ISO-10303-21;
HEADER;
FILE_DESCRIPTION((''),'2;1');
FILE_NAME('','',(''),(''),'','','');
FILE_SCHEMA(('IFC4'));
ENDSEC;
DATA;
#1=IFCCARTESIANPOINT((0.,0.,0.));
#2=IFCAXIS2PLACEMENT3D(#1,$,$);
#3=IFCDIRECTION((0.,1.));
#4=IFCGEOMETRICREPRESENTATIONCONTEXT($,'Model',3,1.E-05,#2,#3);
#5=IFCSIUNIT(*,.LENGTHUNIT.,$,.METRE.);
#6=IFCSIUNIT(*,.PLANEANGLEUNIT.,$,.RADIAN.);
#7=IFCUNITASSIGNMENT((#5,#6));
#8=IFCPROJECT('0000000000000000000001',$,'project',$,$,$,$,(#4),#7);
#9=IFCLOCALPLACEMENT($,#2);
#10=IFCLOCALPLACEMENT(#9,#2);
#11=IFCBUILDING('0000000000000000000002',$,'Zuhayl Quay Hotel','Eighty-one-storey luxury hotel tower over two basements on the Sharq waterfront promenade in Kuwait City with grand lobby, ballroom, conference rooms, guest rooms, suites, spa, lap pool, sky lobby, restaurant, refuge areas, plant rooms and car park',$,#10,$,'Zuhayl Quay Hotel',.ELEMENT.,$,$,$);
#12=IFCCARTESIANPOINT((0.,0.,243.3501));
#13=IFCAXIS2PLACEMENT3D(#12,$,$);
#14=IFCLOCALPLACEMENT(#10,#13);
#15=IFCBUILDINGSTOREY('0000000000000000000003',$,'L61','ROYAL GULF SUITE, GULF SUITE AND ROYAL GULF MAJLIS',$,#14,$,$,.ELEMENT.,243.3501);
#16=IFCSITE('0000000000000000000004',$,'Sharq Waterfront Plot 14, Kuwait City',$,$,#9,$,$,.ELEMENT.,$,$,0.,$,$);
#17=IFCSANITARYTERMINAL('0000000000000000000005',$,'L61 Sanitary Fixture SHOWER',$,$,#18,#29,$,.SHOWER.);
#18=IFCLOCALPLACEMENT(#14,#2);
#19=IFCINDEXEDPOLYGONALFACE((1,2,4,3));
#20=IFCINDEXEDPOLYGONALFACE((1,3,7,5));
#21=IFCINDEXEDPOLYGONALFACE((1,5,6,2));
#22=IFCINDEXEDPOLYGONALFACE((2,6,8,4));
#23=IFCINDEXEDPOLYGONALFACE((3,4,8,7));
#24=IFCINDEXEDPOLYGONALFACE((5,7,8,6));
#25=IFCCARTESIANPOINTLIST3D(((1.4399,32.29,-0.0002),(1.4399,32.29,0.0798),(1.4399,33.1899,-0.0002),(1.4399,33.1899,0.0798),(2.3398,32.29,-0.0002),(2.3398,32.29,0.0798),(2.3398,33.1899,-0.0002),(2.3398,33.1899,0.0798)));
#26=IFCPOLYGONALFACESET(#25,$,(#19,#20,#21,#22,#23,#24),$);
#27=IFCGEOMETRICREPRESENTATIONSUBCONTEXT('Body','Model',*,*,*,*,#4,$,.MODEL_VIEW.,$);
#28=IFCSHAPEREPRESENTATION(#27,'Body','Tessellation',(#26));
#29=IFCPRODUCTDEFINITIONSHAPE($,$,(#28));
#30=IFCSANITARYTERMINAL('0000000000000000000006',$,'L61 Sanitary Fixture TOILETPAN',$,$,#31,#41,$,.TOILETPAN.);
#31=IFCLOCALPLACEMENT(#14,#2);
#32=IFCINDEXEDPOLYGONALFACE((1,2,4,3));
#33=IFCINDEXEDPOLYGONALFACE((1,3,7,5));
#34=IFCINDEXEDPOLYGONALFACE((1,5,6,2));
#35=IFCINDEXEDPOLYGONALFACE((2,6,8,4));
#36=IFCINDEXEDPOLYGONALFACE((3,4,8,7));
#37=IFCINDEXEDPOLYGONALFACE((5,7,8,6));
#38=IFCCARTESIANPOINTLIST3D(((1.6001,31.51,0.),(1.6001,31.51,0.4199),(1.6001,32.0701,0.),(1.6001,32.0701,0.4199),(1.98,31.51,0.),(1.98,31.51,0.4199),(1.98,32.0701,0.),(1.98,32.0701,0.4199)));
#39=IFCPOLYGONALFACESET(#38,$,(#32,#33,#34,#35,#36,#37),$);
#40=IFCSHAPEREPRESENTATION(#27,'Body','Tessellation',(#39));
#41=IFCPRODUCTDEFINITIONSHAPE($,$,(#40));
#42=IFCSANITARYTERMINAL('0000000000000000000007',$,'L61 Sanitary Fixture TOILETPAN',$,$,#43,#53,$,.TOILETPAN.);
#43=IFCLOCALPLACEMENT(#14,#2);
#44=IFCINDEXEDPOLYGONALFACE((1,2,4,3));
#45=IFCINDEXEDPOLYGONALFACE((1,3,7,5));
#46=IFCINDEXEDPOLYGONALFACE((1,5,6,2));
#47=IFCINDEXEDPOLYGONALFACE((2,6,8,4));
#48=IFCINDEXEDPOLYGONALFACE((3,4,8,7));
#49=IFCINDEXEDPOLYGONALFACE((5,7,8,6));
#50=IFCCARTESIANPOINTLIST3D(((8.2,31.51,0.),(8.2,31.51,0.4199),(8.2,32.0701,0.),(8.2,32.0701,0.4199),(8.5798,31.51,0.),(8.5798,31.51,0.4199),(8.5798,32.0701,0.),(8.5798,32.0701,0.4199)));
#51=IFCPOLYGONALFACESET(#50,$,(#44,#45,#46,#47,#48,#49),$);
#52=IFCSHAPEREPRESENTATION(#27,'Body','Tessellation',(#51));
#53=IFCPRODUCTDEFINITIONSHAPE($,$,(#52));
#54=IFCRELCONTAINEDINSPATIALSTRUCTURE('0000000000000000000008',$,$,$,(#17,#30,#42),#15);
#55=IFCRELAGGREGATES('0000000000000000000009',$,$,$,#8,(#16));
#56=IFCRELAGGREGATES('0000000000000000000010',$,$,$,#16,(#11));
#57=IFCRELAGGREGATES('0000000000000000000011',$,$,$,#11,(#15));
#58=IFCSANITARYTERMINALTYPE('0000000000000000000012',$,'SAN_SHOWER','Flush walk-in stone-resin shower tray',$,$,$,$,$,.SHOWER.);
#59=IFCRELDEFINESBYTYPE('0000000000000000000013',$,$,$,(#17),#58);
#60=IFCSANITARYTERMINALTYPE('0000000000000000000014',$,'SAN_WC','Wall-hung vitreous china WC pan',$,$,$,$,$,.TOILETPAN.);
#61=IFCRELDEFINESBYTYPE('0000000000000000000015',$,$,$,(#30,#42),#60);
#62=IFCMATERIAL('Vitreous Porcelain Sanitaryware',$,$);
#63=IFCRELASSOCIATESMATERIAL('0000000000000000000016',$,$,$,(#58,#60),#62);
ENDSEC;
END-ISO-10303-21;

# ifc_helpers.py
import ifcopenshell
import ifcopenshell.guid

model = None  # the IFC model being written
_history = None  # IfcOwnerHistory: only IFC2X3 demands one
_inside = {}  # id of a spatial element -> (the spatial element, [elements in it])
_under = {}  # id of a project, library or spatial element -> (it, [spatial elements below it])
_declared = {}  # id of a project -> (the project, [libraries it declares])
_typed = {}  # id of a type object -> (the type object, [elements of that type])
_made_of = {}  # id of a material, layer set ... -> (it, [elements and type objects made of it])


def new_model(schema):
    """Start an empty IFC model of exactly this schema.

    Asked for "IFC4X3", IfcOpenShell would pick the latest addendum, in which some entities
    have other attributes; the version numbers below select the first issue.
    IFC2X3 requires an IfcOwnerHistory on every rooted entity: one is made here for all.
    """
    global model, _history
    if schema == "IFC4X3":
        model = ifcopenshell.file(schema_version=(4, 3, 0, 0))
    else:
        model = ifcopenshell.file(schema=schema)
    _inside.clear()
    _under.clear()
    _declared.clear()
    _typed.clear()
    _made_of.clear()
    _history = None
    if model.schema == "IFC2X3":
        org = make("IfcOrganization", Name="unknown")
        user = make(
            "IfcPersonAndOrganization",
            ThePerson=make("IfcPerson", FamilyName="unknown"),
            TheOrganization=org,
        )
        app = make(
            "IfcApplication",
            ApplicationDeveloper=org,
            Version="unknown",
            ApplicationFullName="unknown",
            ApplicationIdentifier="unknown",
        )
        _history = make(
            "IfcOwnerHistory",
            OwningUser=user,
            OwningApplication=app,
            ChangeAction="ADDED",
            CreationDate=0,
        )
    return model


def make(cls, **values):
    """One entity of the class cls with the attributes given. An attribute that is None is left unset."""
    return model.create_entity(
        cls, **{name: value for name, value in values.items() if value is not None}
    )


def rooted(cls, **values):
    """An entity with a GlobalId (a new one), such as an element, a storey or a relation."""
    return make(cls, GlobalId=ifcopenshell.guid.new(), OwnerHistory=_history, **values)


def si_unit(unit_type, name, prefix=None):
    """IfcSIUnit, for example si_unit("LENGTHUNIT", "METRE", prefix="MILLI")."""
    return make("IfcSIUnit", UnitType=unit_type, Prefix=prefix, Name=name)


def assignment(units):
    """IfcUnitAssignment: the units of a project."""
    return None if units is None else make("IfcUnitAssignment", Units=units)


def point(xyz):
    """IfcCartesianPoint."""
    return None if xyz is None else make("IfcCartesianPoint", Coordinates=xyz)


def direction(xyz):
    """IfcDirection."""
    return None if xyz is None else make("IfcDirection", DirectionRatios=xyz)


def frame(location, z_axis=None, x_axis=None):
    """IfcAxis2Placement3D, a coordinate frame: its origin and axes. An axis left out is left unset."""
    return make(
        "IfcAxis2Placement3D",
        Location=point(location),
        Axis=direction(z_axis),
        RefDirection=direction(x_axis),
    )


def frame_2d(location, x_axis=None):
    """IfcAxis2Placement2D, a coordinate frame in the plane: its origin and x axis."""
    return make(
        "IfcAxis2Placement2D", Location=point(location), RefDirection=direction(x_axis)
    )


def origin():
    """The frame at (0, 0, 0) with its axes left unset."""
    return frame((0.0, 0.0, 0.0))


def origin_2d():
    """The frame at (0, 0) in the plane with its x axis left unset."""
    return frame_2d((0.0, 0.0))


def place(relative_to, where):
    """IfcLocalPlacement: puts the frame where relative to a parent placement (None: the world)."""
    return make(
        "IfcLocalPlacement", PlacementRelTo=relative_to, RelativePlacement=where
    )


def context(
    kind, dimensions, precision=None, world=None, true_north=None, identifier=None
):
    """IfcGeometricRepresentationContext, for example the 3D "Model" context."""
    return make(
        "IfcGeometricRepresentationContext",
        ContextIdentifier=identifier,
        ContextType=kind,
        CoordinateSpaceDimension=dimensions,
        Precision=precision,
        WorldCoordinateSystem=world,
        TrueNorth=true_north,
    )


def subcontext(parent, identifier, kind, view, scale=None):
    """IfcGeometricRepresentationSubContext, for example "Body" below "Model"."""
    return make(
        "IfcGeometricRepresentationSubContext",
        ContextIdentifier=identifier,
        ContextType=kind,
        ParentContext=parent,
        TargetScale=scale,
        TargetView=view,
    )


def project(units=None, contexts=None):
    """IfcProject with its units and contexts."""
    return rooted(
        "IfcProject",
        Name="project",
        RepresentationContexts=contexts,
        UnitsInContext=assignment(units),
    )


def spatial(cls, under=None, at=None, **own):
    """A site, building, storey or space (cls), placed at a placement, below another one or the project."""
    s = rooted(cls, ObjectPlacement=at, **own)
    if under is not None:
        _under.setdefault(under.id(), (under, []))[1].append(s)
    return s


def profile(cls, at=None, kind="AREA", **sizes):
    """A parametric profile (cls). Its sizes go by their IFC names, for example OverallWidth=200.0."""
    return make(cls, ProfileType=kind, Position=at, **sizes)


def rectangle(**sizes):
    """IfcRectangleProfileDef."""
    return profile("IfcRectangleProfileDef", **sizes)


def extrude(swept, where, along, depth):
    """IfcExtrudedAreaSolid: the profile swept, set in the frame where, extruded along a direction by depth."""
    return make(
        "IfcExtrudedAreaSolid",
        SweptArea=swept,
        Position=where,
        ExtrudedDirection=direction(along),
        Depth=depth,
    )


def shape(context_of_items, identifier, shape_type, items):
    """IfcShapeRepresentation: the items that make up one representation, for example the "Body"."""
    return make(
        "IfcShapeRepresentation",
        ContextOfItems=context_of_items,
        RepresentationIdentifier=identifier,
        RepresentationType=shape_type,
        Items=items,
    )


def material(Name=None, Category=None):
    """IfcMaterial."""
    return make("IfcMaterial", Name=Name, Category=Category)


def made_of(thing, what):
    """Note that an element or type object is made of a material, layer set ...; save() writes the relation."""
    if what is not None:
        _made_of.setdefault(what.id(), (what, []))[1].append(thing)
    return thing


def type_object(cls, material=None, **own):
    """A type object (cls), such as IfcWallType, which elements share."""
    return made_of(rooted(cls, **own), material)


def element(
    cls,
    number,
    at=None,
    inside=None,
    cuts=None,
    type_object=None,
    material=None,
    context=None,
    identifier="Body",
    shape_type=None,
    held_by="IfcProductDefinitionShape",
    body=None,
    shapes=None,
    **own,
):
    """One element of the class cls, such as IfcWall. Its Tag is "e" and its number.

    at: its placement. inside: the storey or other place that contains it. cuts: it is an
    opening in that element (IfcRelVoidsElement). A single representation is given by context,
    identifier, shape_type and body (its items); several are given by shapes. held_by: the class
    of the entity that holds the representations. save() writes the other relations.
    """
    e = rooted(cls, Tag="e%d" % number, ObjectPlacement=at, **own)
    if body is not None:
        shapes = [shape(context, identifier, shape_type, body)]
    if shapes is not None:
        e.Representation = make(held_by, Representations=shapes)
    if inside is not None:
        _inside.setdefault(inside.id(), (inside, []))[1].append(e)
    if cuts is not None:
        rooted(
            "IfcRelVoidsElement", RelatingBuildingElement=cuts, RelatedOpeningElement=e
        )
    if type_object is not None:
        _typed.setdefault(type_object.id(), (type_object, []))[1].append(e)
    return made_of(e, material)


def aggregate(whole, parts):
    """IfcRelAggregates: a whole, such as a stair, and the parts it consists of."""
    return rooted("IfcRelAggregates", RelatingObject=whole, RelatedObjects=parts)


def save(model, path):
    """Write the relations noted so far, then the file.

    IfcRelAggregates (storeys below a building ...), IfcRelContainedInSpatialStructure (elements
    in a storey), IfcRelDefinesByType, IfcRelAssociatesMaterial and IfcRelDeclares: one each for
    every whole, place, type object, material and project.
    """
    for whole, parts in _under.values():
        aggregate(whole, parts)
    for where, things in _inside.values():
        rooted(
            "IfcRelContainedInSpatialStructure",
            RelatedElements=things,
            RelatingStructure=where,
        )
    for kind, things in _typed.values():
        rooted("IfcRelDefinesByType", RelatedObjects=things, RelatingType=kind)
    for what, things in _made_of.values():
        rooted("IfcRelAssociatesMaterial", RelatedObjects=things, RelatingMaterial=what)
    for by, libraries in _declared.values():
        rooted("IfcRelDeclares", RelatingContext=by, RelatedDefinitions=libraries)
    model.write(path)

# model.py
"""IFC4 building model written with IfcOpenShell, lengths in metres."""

from ifc_helpers import new_model, si_unit, direction, frame, origin, origin_2d, place, context, subcontext, project, spatial, rectangle, extrude, material, type_object, element, save


model = new_model("IFC4")

# Units and contexts
model_context = context("Model", 3, precision=1e-05, world=origin(), true_north=direction((0.0, 1.0)))
body_context = subcontext(model_context, "Body", "Model", "MODEL_VIEW")
ifc_project = project(units=[si_unit("LENGTHUNIT", "METRE"), si_unit("PLANEANGLEUNIT", "RADIAN")], contexts=[model_context])

# Site, building, storey
site_placement = place(None, origin())
site = spatial("IfcSite", under=ifc_project, at=site_placement, Name="Sharq Waterfront Plot 14, Kuwait City", CompositionType="ELEMENT", RefElevation=0.0)
building_placement = place(site_placement, origin())
building = spatial("IfcBuilding", under=site, at=building_placement, Name="Zuhayl Quay Hotel", Description="Eighty-one-storey luxury hotel tower over two basements on the Sharq waterfront promenade in Kuwait City with grand lobby, ballroom, conference rooms, guest rooms, suites, spa, lap pool, sky lobby, restaurant, refuge areas, plant rooms and car park", LongName="Zuhayl Quay Hotel", CompositionType="ELEMENT")
storey_placement = place(building_placement, frame((0.0, 0.0, 243.3501)))
storey = spatial("IfcBuildingStorey", under=building, at=storey_placement, Name="L61", Description="ROYAL GULF SUITE, GULF SUITE AND ROYAL GULF MAJLIS", CompositionType="ELEMENT", Elevation=243.3501)

# Sanitary terminals
ifc_material_1 = material(Name="Vitreous Porcelain Sanitaryware")
sanitary_terminal_type_1 = type_object("IfcSanitaryTerminalType", Name="SAN_SHOWER", Description="Flush walk-in stone-resin shower tray", PredefinedType="SHOWER", material=ifc_material_1)
sanitary_terminal_1_placement = place(storey_placement, frame((1.8899, 32.74, -0.0002), z_axis=(0.0, 0.0, 1.0), x_axis=(1.0, 0.0, 0.0)))
element("IfcSanitaryTerminal", 1, at=sanitary_terminal_1_placement, inside=storey, type_object=sanitary_terminal_type_1, Name="L61 Sanitary Fixture SHOWER", PredefinedType="SHOWER", context=body_context, shape_type="SweptSolid", body=[
    extrude(rectangle(XDim=0.8999, YDim=0.8999, at=origin_2d()), origin(), (0.0, 0.0, 1.0), 0.0801),
])
sanitary_terminal_type_2 = type_object("IfcSanitaryTerminalType", Name="SAN_WC", Description="Wall-hung vitreous china WC pan", PredefinedType="TOILETPAN", material=ifc_material_1)
for number, where, z_axis, x_axis, name in (
    (2, (1.79, 31.79, 0.0), (0.0, 0.0, 1.0), (1.0, 0.0, 0.0), "L61 Sanitary Fixture TOILETPAN"),
    (3, (8.3899, 31.79, 0.0), (0.0, 0.0, 1.0), (1.0, 0.0, 0.0), "L61 Sanitary Fixture TOILETPAN"),
):
    element("IfcSanitaryTerminal", number, at=place(storey_placement, frame(where, z_axis=z_axis, x_axis=x_axis)), inside=storey, type_object=sanitary_terminal_type_2, Name=name, PredefinedType="TOILETPAN", context=body_context, shape_type="SweptSolid", body=[
        extrude(rectangle(XDim=0.3799, YDim=0.5601, at=origin_2d()), origin(), (0.0, 0.0, 1.0), 0.4199),
    ])

save(model, "model.ifc")
